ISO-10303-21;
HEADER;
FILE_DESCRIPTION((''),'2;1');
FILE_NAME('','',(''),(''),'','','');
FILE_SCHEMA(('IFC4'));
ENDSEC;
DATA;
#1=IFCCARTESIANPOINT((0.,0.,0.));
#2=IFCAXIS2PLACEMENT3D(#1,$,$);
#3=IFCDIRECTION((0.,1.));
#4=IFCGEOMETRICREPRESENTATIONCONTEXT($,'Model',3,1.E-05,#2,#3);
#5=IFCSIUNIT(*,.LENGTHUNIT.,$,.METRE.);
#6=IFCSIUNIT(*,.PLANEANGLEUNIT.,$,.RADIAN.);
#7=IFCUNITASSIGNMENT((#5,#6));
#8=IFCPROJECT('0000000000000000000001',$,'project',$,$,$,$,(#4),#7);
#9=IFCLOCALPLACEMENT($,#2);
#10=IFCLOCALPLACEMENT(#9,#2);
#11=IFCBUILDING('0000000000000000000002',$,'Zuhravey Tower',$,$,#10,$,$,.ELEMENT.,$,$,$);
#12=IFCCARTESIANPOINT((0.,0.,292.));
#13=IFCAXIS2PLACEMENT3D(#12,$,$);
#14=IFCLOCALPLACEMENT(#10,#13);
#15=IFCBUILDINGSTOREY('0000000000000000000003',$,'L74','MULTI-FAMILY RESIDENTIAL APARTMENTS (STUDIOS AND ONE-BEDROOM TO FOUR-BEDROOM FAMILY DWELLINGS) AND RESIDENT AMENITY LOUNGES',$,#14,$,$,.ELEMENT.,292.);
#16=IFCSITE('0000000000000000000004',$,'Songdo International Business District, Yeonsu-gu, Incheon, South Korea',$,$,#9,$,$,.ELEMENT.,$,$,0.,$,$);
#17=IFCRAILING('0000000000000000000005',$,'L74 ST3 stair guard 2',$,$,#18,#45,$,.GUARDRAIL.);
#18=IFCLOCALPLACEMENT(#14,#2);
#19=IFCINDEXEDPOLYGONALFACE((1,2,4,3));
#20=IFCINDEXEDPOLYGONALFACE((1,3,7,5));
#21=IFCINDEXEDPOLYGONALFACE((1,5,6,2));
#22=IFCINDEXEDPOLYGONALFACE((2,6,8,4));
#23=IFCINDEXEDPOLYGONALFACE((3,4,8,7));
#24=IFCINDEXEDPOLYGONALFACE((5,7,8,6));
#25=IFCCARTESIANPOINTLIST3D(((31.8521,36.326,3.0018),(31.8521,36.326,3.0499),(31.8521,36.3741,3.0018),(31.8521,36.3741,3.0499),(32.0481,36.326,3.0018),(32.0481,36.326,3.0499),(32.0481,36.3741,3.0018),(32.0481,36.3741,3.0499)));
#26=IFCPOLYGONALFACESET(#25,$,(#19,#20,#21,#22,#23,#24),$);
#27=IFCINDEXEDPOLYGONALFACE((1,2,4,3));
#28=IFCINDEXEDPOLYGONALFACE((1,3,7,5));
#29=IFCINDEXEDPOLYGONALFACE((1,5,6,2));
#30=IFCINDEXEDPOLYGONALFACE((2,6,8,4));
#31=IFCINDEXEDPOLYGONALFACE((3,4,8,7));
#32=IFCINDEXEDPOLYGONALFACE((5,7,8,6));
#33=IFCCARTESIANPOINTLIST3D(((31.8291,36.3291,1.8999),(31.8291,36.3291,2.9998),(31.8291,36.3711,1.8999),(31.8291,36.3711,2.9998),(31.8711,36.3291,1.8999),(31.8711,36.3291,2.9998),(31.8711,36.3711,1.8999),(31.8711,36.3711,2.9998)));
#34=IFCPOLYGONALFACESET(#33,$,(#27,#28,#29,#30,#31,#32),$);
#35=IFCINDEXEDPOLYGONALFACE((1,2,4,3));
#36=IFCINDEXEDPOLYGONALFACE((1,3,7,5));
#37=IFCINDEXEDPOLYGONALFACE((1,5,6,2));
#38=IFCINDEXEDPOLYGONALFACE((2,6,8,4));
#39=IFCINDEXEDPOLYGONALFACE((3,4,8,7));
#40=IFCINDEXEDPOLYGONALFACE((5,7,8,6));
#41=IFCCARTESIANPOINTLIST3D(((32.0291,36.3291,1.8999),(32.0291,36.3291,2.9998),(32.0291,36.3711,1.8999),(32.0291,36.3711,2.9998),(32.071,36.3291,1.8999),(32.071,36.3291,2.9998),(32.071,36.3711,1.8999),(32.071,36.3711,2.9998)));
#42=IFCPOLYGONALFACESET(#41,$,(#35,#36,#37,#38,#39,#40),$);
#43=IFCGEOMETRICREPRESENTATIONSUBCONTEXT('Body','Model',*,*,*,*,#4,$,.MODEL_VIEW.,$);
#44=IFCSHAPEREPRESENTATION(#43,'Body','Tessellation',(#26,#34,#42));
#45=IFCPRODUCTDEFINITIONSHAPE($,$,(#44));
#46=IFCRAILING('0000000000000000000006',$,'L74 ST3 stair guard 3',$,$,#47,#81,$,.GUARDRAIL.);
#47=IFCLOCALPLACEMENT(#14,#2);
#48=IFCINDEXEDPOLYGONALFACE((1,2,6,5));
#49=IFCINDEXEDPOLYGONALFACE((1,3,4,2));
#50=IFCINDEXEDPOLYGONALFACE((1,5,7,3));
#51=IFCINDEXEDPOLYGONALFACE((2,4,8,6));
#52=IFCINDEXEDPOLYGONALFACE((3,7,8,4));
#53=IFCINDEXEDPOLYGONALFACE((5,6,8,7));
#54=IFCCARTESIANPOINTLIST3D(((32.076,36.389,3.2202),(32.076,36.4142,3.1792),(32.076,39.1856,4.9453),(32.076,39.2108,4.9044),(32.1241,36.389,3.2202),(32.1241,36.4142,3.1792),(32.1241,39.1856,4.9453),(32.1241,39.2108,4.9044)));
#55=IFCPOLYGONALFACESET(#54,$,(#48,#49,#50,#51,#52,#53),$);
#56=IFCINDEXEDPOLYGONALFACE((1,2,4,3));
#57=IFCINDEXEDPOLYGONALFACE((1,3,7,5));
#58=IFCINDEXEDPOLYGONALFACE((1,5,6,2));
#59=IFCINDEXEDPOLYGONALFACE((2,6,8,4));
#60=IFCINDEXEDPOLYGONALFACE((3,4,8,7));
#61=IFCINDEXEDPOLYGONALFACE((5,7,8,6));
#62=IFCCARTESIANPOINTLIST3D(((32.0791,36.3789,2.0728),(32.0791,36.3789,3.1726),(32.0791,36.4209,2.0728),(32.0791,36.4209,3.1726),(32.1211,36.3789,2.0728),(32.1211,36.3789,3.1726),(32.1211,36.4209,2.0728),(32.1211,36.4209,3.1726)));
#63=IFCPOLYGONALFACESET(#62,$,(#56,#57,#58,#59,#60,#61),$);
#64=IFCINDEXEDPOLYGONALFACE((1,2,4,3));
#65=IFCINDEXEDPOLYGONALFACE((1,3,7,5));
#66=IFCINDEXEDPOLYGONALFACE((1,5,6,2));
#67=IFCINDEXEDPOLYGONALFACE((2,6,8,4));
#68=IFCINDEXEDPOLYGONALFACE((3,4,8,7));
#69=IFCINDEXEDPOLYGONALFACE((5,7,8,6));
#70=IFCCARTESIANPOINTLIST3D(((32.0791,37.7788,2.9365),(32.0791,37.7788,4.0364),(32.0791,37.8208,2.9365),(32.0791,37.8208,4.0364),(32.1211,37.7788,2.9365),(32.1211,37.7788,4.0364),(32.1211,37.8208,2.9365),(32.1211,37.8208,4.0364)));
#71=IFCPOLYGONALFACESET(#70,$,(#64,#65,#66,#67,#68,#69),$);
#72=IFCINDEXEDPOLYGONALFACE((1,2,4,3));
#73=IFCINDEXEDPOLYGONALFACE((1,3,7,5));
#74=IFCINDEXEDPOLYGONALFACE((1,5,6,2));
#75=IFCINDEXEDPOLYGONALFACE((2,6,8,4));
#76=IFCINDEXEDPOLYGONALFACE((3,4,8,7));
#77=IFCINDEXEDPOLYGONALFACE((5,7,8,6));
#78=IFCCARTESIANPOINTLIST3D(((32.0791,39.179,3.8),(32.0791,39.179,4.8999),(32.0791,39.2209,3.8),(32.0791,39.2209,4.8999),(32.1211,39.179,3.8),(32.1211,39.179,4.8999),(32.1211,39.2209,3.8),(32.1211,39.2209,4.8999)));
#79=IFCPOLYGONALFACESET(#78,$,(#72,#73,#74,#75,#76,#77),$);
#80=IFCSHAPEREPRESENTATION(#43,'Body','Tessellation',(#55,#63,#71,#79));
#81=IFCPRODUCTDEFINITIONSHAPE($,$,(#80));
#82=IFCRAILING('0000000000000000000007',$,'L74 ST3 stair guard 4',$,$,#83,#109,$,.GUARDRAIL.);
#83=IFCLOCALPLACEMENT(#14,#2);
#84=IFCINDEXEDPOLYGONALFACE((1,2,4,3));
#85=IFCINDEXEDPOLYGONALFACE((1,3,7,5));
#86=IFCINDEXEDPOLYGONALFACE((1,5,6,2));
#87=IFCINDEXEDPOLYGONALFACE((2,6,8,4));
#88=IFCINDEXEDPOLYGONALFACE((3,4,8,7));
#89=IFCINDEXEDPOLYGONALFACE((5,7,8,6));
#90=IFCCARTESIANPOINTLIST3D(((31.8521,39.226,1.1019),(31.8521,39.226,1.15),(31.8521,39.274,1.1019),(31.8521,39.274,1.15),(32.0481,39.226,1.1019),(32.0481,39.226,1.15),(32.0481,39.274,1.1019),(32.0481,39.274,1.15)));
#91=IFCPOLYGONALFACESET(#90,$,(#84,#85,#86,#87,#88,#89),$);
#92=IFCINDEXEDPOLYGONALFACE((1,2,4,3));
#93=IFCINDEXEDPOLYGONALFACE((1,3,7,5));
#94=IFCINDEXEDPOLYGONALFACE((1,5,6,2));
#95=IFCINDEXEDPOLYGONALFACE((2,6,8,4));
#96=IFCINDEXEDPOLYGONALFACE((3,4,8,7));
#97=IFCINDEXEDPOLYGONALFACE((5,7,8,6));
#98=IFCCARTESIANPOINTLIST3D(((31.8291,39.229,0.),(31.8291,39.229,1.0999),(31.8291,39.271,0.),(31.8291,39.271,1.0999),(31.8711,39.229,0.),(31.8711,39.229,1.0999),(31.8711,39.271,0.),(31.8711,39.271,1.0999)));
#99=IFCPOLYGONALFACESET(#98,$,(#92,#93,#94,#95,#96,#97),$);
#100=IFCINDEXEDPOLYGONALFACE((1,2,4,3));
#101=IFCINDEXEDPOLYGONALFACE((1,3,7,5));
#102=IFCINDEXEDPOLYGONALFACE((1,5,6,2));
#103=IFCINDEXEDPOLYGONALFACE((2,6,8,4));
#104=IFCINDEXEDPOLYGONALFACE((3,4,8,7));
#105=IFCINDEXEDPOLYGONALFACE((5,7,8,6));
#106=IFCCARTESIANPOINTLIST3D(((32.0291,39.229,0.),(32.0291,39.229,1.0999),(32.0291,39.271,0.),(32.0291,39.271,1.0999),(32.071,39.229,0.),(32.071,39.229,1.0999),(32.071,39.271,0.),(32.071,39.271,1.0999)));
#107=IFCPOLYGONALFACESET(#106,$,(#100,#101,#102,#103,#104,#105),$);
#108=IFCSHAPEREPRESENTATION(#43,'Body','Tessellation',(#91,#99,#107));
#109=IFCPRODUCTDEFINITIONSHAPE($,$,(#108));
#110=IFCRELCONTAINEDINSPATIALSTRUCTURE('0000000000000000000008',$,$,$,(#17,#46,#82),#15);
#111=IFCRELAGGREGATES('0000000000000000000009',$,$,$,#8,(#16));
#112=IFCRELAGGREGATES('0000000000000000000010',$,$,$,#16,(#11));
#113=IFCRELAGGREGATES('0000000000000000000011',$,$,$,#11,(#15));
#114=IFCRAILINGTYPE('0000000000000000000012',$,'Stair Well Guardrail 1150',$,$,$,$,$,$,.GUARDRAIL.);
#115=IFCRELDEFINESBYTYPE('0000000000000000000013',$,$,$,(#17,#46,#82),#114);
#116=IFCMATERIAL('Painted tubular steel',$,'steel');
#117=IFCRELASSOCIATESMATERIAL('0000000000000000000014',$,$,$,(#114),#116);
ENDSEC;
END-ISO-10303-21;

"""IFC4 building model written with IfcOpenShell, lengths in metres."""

from ifc_helpers import new_model, si_unit, direction, frame, origin, origin_2d, place, context, subcontext, project, spatial, rectangle, extrude, material, type_object, element, save


model = new_model("IFC4")

# Units and contexts
model_context = context("Model", 3, precision=1e-05, world=origin(), true_north=direction((0.0, 1.0)))
body_context = subcontext(model_context, "Body", "Model", "MODEL_VIEW")
ifc_project = project(units=[si_unit("LENGTHUNIT", "METRE"), si_unit("PLANEANGLEUNIT", "RADIAN")], contexts=[model_context])

# Site, building, storey
site_placement = place(None, origin())
site = spatial("IfcSite", under=ifc_project, at=site_placement, Name="Songdo International Business District, Yeonsu-gu, Incheon, South Korea", CompositionType="ELEMENT", RefElevation=0.0)
building_placement = place(site_placement, origin())
building = spatial("IfcBuilding", under=site, at=building_placement, Name="Zuhravey Tower", CompositionType="ELEMENT")
storey_placement = place(building_placement, frame((0.0, 0.0, 292.0)))
storey = spatial("IfcBuildingStorey", under=building, at=storey_placement, Name="L74", Description="MULTI-FAMILY RESIDENTIAL APARTMENTS (STUDIOS AND ONE-BEDROOM TO FOUR-BEDROOM FAMILY DWELLINGS) AND RESIDENT AMENITY LOUNGES", CompositionType="ELEMENT", Elevation=292.0)

# Railings
ifc_material_1 = material(Name="Painted tubular steel", Category="steel")
railing_type_1 = type_object("IfcRailingType", Name="Stair Well Guardrail 1150", PredefinedType="GUARDRAIL", material=ifc_material_1)
railing_1_placement = place(storey_placement, frame((31.8501, 36.3501, 1.8999)))
element("IfcRailing", 1, at=railing_1_placement, inside=storey, type_object=railing_type_1, Name="L74 ST3 stair guard 2", PredefinedType="GUARDRAIL", context=body_context, shape_type="SweptSolid", body=[
    extrude(rectangle(XDim=0.0481, YDim=0.0481, at=origin_2d()), frame((0.002, 0.0, 1.126), z_axis=(1.0, 0.0, 0.0), x_axis=(0.0, 1.0, 0.0)), (0.0, 0.0, 1.0), 0.196),
    extrude(rectangle(XDim=0.042, YDim=0.042, at=origin_2d()), origin(), (0.0, 0.0, 1.0), 1.0999),
    extrude(rectangle(XDim=0.042, YDim=0.042, at=origin_2d()), frame((0.2, 0.0, 0.0)), (0.0, 0.0, 1.0), 1.0999),
])
railing_2_placement = place(storey_placement, frame((32.1001, 36.3999, 2.0728)))
element("IfcRailing", 2, at=railing_2_placement, inside=storey, type_object=railing_type_1, Name="L74 ST3 stair guard 3", PredefinedType="GUARDRAIL", context=body_context, shape_type="SweptSolid", body=[
    extrude(rectangle(XDim=0.0481, YDim=0.0481, at=origin_2d()), frame((0.0, 0.0017, 1.127), z_axis=(0.0, 0.85109, 0.52502), x_axis=(-1.0, 0.0, 0.0)), (0.0, 0.0, 1.0), 3.2859),
    extrude(rectangle(XDim=0.042, YDim=0.042, at=origin_2d()), origin(), (0.0, 0.0, 1.0), 1.0999),
    extrude(rectangle(XDim=0.042, YDim=0.042, at=origin_2d()), frame((0.0, 1.3999, 0.8638)), (0.0, 0.0, 1.0), 1.0999),
    extrude(rectangle(XDim=0.042, YDim=0.042, at=origin_2d()), frame((0.0, 2.8, 1.7273)), (0.0, 0.0, 1.0), 1.0999),
])
railing_3_placement = place(storey_placement, frame((31.8501, 39.25, 0.0)))
element("IfcRailing", 3, at=railing_3_placement, inside=storey, type_object=railing_type_1, Name="L74 ST3 stair guard 4", PredefinedType="GUARDRAIL", context=body_context, shape_type="SweptSolid", body=[
    extrude(rectangle(XDim=0.0481, YDim=0.0481, at=origin_2d()), frame((0.002, 0.0, 1.126), z_axis=(1.0, 0.0, 0.0), x_axis=(0.0, 1.0, 0.0)), (0.0, 0.0, 1.0), 0.196),
    extrude(rectangle(XDim=0.042, YDim=0.042, at=origin_2d()), origin(), (0.0, 0.0, 1.0), 1.0999),
    extrude(rectangle(XDim=0.042, YDim=0.042, at=origin_2d()), frame((0.2, 0.0, 0.0)), (0.0, 0.0, 1.0), 1.0999),
])

save(model, "model.ifc")
